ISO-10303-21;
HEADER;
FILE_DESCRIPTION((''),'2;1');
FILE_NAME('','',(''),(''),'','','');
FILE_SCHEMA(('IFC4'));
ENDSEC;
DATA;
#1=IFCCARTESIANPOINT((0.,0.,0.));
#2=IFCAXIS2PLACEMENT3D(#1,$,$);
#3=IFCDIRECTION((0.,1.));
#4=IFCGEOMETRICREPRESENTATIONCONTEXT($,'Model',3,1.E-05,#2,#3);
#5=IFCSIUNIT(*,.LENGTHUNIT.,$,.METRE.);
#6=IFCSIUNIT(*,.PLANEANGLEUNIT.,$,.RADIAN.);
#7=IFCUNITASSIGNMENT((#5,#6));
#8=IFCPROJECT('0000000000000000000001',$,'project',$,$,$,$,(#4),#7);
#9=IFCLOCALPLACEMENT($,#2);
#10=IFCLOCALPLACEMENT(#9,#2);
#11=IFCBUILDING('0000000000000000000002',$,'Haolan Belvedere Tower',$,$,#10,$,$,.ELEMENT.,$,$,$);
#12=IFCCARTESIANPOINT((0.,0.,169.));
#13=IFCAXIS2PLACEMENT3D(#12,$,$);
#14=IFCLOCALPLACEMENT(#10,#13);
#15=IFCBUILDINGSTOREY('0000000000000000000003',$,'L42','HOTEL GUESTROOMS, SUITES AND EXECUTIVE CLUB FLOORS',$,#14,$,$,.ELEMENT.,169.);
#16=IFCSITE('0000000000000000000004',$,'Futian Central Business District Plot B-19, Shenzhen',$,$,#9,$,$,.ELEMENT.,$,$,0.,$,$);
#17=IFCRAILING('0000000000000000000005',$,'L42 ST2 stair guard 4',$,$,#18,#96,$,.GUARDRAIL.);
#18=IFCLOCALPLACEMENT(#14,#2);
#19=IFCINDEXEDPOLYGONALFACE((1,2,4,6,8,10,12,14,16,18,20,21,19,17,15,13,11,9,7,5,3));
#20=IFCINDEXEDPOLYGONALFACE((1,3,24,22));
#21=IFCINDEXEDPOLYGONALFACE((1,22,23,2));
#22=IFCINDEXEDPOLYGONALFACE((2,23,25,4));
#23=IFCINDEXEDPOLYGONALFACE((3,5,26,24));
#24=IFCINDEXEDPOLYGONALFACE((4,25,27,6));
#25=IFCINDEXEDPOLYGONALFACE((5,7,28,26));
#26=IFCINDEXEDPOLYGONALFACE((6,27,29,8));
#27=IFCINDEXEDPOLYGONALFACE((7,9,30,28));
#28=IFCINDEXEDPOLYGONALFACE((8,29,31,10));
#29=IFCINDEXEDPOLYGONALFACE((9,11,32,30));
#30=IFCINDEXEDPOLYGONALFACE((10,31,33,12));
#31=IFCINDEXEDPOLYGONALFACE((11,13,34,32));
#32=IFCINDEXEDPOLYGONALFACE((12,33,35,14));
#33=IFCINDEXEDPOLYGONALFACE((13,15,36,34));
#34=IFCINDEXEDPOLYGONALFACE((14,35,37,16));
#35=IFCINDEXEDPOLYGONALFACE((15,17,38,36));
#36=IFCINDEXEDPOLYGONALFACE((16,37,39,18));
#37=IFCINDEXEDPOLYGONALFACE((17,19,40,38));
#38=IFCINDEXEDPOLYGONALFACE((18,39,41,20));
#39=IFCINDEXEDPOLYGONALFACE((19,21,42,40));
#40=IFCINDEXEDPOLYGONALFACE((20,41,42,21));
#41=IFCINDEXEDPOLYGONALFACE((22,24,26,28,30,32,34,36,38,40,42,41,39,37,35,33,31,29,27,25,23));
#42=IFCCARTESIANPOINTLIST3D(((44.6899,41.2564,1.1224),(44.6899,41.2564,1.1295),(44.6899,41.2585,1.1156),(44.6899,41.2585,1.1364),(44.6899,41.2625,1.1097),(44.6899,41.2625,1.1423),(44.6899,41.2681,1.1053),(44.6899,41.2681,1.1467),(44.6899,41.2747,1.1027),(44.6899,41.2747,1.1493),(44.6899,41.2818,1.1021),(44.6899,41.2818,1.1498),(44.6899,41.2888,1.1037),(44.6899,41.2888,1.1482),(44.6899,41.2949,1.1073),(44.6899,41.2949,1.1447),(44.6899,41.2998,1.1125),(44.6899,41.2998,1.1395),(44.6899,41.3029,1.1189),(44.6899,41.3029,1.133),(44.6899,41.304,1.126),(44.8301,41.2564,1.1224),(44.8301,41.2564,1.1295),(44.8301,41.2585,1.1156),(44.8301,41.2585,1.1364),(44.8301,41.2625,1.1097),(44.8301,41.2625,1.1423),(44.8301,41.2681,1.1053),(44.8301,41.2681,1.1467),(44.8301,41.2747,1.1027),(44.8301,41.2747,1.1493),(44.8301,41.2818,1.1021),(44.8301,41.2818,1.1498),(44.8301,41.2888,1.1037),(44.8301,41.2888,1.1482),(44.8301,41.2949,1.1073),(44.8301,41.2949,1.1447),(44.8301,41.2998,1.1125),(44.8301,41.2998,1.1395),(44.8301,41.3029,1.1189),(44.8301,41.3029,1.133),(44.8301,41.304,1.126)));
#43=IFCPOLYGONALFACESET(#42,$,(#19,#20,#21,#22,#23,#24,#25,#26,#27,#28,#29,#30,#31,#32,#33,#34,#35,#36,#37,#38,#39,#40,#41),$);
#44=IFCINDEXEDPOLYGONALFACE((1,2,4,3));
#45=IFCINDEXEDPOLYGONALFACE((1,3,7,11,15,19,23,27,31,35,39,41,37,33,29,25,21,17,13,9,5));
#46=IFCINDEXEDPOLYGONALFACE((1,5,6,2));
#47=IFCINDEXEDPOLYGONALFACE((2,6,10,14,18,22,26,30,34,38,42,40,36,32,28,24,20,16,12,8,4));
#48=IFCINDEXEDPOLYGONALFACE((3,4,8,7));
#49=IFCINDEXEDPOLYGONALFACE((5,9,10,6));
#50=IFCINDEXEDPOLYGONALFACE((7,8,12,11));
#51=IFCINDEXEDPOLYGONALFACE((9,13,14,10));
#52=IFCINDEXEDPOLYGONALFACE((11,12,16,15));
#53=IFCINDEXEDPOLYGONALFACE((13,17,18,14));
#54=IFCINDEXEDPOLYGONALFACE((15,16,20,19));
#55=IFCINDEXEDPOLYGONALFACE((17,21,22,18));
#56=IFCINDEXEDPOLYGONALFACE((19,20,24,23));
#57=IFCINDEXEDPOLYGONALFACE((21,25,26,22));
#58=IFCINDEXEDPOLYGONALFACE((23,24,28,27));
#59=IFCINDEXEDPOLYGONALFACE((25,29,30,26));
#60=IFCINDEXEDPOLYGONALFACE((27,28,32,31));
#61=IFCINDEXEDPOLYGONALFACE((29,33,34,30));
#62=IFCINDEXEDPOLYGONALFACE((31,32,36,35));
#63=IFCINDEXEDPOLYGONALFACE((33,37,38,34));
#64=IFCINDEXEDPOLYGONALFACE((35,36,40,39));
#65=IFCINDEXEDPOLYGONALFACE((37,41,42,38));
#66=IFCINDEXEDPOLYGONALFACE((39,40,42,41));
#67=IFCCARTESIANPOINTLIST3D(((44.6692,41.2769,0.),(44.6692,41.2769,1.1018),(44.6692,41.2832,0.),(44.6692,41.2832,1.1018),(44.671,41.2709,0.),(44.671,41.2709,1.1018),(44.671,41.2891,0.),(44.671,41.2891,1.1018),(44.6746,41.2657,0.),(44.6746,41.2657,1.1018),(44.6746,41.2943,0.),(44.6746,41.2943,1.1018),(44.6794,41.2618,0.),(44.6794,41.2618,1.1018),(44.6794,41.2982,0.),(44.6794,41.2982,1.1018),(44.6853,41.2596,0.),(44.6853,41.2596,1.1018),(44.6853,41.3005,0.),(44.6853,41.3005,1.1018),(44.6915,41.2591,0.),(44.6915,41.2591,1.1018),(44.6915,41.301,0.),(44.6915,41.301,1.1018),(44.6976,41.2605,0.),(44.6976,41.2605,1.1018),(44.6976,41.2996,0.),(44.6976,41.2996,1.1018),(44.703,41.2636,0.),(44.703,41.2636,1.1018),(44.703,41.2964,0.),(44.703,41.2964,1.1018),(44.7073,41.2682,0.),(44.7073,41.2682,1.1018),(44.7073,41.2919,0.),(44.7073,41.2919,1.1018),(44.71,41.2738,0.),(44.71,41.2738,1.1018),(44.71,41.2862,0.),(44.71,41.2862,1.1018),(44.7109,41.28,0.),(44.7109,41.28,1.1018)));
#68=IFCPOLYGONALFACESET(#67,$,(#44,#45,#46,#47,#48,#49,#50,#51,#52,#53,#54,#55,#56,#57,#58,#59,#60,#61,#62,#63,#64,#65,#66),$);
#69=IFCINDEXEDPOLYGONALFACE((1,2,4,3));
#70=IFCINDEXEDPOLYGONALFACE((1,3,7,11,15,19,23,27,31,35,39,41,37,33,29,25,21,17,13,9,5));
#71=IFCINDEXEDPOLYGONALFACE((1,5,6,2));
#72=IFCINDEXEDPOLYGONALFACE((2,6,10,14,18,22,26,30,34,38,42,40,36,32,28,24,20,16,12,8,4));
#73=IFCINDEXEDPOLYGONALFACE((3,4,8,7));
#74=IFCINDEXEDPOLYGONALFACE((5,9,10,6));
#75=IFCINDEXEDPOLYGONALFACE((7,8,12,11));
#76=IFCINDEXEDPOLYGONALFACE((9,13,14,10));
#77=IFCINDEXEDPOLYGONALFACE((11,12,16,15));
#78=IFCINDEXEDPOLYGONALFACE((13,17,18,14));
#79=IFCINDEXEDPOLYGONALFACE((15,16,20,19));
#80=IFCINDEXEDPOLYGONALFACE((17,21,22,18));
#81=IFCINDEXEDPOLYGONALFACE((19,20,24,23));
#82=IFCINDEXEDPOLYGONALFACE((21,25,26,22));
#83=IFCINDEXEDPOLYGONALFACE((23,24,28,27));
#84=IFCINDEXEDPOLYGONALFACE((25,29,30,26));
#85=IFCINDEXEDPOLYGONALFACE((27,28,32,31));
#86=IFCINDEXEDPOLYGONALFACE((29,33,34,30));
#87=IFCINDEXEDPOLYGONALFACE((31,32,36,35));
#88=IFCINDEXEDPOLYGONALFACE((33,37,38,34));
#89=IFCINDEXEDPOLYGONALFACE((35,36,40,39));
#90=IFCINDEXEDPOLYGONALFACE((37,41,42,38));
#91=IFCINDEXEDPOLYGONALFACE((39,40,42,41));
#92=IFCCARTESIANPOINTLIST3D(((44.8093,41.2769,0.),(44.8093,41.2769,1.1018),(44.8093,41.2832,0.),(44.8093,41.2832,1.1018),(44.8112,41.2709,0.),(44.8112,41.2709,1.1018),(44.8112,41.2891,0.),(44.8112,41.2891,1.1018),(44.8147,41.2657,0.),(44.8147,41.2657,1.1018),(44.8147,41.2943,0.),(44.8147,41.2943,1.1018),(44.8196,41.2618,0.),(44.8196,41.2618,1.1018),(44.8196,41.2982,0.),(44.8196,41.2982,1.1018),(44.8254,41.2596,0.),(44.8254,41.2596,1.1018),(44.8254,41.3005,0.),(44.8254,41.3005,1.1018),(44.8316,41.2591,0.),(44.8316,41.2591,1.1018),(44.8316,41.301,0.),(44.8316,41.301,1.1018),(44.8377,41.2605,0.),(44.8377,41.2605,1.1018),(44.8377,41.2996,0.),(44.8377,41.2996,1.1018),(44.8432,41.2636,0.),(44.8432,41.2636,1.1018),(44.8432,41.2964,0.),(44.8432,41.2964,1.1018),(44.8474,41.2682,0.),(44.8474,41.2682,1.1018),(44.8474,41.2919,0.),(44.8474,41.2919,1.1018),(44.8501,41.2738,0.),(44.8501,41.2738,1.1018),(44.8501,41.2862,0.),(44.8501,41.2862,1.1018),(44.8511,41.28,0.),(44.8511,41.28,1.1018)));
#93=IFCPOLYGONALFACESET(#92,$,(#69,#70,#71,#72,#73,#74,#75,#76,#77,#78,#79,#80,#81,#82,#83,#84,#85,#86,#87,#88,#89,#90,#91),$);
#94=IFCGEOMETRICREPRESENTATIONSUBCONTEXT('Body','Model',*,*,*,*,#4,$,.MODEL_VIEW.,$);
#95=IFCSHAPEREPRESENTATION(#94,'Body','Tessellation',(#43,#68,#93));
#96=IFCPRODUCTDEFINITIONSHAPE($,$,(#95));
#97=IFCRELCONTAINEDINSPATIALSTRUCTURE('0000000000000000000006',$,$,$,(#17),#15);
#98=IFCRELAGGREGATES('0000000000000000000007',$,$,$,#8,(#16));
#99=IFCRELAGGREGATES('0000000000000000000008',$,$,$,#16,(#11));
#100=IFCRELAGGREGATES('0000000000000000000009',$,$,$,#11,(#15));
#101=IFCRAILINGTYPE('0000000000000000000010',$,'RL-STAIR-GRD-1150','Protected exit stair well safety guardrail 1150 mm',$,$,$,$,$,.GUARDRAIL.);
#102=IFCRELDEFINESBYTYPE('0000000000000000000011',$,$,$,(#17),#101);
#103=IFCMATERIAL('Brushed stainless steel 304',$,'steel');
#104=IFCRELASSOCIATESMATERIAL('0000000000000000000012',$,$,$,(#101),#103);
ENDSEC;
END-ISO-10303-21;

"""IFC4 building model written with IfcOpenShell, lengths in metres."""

from ifc_helpers import new_model, si_unit, direction, frame, origin, origin_2d, place, context, subcontext, project, spatial, circle, extrude, material, type_object, element, save


model = new_model("IFC4")

# Units and contexts
model_context = context("Model", 3, precision=1e-05, world=origin(), true_north=direction((0.0, 1.0)))
body_context = subcontext(model_context, "Body", "Model", "MODEL_VIEW")
ifc_project = project(units=[si_unit("LENGTHUNIT", "METRE"), si_unit("PLANEANGLEUNIT", "RADIAN")], contexts=[model_context])

# Site, building, storey
site_placement = place(None, origin())
site = spatial("IfcSite", under=ifc_project, at=site_placement, Name="Futian Central Business District Plot B-19, Shenzhen", CompositionType="ELEMENT", RefElevation=0.0)
building_placement = place(site_placement, origin())
building = spatial("IfcBuilding", under=site, at=building_placement, Name="Haolan Belvedere Tower", CompositionType="ELEMENT")
storey_placement = place(building_placement, frame((0.0, 0.0, 169.0)))
storey = spatial("IfcBuildingStorey", under=building, at=storey_placement, Name="L42", Description="HOTEL GUESTROOMS, SUITES AND EXECUTIVE CLUB FLOORS", CompositionType="ELEMENT", Elevation=169.0)

# Railing
ifc_material_1 = material(Name="Brushed stainless steel 304", Category="steel")
railing_type_1 = type_object("IfcRailingType", Name="RL-STAIR-GRD-1150", Description="Protected exit stair well safety guardrail 1150 mm", PredefinedType="GUARDRAIL", material=ifc_material_1)
railing_1_placement = place(storey_placement, frame((44.6899, 41.28, 0.0)))
element("IfcRailing", 1, at=railing_1_placement, inside=storey, type_object=railing_type_1, Name="L42 ST2 stair guard 4", PredefinedType="GUARDRAIL", context=body_context, shape_type="SweptSolid", body=[
    extrude(circle(Radius=0.0239, at=origin_2d()), frame((0.0, 0.0, 1.126), z_axis=(1.0, 0.0, 0.0), x_axis=(0.0, 1.0, 0.0)), (0.0, 0.0, 1.0), 0.1401),
    extrude(circle(Radius=0.021, at=origin_2d()), origin(), (0.0, 0.0, 1.0), 1.1018),
    extrude(circle(Radius=0.021, at=origin_2d()), frame((0.1401, 0.0, 0.0)), (0.0, 0.0, 1.0), 1.1018),
])

save(model, "model.ifc")
